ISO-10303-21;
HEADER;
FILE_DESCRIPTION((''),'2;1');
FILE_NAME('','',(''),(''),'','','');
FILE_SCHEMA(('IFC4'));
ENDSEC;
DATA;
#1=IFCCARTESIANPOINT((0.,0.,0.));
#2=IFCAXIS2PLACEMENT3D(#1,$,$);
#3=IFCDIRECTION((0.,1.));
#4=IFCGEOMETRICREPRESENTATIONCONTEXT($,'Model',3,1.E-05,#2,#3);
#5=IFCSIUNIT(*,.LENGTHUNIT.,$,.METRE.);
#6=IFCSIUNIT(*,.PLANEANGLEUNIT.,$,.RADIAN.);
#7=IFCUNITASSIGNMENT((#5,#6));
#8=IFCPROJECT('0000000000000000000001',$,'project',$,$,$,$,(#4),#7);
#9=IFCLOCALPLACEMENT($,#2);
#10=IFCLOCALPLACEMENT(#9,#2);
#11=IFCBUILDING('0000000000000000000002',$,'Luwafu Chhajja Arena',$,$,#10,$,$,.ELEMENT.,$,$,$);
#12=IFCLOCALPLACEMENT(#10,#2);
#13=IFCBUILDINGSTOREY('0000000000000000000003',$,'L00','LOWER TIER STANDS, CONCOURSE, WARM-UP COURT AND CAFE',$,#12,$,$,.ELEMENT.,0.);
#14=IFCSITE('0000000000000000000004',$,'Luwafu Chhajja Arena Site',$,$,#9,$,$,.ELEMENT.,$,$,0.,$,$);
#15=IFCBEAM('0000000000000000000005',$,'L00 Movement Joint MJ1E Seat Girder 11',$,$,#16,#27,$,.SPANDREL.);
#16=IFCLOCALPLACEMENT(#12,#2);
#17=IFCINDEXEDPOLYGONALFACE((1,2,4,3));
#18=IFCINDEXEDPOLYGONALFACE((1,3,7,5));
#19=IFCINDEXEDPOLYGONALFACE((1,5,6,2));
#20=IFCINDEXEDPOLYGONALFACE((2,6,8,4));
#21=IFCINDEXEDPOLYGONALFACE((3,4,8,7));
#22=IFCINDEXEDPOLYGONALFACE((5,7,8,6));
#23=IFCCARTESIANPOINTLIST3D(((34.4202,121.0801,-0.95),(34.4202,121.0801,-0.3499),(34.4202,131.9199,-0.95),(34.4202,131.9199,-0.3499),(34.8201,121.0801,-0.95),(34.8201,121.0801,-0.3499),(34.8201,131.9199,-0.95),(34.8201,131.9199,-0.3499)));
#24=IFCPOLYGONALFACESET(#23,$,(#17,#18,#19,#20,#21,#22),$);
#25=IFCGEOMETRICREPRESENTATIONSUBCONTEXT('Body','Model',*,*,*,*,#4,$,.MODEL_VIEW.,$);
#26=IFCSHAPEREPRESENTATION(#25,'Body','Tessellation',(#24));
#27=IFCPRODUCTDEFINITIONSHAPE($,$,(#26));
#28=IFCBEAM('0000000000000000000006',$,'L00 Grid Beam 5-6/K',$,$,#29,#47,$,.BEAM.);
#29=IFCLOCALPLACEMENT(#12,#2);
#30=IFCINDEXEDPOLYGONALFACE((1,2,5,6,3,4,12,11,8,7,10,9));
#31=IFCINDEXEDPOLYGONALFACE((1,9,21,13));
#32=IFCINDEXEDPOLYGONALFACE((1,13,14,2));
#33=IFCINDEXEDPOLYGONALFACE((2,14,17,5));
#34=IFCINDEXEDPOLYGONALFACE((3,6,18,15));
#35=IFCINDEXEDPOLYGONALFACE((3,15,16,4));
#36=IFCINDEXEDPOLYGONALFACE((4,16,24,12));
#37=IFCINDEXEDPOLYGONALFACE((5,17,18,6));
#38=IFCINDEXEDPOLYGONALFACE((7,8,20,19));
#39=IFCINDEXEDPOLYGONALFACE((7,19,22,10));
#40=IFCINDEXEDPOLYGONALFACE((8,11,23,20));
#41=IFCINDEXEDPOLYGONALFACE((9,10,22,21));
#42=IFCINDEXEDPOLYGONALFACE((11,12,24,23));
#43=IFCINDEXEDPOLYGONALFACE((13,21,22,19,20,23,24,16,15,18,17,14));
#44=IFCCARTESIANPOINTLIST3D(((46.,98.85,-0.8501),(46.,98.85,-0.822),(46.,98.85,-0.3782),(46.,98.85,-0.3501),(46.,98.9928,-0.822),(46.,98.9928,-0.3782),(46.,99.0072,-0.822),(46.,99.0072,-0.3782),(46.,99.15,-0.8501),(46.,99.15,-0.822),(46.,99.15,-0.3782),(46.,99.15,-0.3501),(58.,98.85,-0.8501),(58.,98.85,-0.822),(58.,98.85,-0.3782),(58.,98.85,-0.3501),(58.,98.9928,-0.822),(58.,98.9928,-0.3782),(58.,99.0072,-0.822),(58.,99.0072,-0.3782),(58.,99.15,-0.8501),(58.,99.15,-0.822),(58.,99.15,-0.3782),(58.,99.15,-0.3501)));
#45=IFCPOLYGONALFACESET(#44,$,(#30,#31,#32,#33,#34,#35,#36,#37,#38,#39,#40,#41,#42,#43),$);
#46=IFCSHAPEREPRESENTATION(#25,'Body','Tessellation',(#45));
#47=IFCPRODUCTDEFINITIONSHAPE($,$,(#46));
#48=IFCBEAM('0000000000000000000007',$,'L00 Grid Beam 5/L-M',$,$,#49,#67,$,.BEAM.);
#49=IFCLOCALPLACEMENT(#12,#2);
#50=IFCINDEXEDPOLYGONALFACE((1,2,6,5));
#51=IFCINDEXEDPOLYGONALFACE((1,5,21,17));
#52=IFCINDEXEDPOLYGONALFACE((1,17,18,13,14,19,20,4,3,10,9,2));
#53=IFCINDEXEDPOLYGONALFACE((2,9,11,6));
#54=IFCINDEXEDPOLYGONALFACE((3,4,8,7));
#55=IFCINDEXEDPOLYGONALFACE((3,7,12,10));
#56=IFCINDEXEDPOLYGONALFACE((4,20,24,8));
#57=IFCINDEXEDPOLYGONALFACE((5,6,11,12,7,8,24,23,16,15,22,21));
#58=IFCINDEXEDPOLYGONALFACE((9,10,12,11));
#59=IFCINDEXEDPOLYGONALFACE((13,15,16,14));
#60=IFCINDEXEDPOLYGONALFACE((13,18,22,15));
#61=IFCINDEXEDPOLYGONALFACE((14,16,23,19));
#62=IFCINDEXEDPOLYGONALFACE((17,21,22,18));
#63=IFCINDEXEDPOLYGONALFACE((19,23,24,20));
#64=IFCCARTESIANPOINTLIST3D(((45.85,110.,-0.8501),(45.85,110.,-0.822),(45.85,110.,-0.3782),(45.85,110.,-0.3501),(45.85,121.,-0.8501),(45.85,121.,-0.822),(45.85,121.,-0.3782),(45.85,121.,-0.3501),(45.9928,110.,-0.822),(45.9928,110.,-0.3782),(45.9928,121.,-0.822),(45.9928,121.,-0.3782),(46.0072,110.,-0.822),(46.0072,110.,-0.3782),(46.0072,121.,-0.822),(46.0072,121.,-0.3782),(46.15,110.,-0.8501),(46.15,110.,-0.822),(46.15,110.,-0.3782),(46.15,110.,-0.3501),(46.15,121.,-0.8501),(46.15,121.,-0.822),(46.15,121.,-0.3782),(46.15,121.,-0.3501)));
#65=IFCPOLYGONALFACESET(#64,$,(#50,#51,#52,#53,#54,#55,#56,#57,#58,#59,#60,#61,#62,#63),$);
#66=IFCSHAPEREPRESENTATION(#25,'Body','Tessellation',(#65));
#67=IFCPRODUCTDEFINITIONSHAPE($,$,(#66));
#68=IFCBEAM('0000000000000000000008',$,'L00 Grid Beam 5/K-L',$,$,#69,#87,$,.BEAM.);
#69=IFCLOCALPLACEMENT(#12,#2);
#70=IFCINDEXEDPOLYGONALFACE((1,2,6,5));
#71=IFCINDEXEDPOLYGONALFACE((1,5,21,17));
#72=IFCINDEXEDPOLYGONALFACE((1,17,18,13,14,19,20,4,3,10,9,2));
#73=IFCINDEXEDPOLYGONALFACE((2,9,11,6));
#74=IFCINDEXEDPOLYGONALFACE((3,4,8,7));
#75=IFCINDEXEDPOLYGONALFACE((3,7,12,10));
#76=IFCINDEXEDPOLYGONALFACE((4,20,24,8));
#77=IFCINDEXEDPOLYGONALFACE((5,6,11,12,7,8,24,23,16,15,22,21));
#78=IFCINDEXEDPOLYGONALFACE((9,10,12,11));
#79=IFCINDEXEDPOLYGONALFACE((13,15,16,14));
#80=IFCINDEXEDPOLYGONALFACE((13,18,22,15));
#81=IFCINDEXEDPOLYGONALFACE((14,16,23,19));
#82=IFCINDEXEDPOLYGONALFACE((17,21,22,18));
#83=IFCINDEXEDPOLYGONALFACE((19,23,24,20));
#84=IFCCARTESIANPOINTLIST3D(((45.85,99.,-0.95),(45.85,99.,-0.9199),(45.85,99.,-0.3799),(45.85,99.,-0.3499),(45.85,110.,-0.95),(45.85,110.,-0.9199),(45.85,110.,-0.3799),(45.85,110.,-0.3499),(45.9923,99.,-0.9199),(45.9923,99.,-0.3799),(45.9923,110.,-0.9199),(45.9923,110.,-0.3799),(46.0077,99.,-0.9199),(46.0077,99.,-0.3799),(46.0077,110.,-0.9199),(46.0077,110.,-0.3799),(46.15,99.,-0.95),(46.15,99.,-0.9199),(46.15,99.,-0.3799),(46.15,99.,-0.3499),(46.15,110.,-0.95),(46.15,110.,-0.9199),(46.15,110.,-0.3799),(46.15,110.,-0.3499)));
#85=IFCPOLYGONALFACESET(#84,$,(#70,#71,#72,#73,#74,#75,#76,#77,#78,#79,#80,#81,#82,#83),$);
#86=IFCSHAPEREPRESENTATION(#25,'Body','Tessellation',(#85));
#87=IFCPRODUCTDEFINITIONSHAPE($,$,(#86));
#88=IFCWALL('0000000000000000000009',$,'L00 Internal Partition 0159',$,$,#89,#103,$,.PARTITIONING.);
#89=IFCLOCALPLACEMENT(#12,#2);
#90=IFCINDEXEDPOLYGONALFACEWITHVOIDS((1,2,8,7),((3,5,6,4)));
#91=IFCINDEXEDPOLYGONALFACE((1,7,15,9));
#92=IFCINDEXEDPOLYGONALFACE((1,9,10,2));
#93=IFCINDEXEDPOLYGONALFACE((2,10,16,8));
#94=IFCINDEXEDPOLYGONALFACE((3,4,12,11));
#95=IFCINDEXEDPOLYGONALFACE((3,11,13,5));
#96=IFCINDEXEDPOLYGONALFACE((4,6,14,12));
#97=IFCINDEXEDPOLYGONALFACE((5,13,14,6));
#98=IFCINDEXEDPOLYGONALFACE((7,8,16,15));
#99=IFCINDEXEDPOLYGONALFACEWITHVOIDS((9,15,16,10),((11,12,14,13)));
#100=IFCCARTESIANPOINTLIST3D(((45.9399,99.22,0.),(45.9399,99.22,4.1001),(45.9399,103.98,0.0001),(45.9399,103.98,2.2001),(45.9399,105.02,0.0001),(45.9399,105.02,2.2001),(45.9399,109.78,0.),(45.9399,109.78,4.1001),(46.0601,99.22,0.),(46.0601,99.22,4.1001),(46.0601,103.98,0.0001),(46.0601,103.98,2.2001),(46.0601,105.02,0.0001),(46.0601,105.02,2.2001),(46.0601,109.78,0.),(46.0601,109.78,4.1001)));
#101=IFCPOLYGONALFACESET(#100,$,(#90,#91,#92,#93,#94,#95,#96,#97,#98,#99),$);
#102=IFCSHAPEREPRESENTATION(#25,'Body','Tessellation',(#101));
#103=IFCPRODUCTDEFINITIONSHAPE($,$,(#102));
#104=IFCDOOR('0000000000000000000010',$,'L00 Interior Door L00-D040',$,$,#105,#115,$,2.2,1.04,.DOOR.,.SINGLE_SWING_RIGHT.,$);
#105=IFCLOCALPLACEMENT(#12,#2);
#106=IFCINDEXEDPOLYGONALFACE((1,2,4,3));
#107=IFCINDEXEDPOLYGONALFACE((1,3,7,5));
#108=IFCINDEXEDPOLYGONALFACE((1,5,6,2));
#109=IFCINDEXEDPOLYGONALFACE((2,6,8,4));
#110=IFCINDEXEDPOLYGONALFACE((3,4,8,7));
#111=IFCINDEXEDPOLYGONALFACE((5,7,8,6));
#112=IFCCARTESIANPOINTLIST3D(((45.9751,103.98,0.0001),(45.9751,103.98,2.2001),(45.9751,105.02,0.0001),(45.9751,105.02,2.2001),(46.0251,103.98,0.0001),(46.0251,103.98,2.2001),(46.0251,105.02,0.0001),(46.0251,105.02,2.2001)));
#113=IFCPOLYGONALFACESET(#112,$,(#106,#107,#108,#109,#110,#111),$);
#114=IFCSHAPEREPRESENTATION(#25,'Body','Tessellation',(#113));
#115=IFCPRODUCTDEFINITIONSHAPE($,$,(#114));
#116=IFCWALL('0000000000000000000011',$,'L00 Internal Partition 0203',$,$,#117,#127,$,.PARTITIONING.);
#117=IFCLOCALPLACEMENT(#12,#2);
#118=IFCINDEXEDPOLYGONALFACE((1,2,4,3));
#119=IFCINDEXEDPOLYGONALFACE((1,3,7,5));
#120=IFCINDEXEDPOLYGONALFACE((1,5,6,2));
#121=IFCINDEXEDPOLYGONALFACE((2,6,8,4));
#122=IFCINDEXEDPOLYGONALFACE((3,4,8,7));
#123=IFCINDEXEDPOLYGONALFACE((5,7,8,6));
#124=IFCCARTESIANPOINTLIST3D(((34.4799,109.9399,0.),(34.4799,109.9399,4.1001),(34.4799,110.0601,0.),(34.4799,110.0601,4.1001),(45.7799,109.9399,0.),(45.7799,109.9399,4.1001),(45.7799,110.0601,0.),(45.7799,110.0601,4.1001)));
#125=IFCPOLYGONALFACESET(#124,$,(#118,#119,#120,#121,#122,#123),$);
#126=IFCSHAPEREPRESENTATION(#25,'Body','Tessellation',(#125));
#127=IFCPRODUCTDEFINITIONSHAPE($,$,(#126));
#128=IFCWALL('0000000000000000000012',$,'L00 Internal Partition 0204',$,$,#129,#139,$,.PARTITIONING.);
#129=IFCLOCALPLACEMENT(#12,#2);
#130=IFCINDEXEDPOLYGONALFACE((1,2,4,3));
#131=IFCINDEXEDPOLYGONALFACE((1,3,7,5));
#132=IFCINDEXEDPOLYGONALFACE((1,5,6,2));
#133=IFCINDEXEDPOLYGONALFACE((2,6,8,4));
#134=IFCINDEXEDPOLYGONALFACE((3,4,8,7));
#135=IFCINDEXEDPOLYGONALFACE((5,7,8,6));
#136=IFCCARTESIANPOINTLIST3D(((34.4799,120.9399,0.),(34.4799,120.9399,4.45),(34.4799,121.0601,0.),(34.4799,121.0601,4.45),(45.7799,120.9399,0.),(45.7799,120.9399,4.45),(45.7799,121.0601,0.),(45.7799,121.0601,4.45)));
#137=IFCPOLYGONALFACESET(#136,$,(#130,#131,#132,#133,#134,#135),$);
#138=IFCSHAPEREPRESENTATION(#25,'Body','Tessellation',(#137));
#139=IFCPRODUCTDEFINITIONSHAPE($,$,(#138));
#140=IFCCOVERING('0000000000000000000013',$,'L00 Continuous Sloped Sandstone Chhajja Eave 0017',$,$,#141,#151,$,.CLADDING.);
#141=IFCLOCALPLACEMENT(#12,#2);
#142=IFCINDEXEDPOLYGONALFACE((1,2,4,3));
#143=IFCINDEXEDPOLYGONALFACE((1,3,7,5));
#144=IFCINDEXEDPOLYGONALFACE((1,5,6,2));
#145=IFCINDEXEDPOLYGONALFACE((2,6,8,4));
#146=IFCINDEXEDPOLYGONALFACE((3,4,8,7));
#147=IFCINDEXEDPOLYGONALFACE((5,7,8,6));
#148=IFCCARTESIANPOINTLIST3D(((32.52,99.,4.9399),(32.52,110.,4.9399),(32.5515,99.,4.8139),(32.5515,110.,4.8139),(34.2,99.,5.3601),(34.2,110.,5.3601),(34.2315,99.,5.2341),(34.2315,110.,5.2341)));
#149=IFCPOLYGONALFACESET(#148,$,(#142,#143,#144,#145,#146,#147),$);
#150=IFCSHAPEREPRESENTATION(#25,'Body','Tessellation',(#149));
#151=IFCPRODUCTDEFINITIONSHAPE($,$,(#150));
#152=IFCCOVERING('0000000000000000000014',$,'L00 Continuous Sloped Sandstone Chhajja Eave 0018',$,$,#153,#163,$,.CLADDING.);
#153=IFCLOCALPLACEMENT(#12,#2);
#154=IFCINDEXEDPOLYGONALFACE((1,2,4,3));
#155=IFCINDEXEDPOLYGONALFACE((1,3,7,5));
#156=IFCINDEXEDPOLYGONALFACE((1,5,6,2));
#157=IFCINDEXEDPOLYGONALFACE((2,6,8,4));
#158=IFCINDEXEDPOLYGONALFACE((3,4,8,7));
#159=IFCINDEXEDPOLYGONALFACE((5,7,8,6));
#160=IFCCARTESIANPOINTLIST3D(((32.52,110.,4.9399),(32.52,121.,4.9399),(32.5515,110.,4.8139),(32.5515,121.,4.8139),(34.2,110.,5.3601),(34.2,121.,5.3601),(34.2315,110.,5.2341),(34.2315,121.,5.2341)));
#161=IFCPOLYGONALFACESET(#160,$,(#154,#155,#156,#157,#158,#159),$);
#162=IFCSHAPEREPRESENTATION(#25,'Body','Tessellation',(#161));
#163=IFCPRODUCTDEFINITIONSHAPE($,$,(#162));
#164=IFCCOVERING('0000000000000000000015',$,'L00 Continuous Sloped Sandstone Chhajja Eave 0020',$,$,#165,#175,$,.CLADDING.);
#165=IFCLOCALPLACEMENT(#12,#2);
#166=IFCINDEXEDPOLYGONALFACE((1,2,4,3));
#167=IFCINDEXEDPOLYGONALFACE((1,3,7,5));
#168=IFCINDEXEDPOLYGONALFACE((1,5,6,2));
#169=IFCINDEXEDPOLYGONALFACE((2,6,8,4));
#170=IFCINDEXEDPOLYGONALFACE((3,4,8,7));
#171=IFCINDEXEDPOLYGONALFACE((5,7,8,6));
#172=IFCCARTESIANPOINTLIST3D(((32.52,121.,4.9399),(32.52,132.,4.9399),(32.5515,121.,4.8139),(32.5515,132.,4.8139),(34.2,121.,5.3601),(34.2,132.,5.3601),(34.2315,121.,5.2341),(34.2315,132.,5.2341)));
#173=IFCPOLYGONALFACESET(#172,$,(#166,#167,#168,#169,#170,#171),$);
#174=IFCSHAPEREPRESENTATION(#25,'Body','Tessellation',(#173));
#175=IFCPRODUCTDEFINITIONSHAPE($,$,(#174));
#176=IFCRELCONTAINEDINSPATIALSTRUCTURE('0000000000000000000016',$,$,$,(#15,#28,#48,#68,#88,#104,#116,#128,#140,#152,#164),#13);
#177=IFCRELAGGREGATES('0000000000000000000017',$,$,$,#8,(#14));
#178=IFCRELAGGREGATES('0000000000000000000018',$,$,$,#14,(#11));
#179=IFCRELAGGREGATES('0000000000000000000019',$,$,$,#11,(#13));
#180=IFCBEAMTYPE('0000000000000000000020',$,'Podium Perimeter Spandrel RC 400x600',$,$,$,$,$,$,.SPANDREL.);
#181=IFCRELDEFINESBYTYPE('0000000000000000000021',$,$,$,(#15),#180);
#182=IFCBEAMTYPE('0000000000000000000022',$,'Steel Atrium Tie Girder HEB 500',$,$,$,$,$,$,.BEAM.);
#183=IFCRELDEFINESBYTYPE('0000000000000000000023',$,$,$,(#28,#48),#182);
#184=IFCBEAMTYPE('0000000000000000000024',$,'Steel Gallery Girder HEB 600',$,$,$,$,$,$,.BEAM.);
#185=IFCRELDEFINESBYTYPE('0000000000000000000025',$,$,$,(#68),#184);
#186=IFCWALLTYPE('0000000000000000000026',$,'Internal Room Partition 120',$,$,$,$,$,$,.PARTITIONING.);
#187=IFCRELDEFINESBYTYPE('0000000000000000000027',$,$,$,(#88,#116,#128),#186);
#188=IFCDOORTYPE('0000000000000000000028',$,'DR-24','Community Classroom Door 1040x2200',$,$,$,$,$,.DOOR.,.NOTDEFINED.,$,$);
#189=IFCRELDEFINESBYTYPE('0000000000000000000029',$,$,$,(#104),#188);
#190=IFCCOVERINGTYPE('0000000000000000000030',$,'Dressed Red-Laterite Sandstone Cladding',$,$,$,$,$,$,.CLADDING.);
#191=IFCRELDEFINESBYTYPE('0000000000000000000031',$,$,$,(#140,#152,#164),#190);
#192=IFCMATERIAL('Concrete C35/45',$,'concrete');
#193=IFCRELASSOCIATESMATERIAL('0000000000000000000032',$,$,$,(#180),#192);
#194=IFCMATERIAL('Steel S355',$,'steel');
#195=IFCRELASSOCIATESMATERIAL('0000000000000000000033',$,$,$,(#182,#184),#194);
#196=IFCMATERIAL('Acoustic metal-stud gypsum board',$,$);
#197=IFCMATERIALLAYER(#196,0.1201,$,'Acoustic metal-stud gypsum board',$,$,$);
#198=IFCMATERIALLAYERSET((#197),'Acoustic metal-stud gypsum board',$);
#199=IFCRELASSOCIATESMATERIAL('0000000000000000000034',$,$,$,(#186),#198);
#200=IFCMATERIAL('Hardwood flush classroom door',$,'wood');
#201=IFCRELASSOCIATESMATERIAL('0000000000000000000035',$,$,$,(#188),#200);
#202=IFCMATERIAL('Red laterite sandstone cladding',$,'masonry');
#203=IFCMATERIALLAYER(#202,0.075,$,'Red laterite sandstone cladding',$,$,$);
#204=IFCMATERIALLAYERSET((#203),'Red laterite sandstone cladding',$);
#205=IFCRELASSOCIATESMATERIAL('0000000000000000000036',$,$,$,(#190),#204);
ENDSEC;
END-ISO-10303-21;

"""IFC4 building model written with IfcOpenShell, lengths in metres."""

from ifc_helpers import new_model, si_unit, direction, frame, frame_2d, origin, origin_2d, place, context, subcontext, project, spatial, polyline, rectangle, i_section, outline, extrude, material, layer, layer_set, material_profile, profile_set, type_object, element, fill, save


model = new_model("IFC4")

# Units and contexts
model_context = context("Model", 3, precision=1e-05, world=origin(), true_north=direction((0.0, 1.0)))
body_context = subcontext(model_context, "Body", "Model", "MODEL_VIEW")
ifc_project = project(units=[si_unit("LENGTHUNIT", "METRE"), si_unit("PLANEANGLEUNIT", "RADIAN")], contexts=[model_context])

# Site, building, storey
site_placement = place(None, origin())
site = spatial("IfcSite", under=ifc_project, at=site_placement, Name="Luwafu Chhajja Arena Site", CompositionType="ELEMENT", RefElevation=0.0)
building_placement = place(site_placement, origin())
building = spatial("IfcBuilding", under=site, at=building_placement, Name="Luwafu Chhajja Arena", CompositionType="ELEMENT")
storey_placement = place(building_placement, origin())
storey = spatial("IfcBuildingStorey", under=building, at=storey_placement, Name="L00", Description="LOWER TIER STANDS, CONCOURSE, WARM-UP COURT AND CAFE", CompositionType="ELEMENT", Elevation=0.0)

# Shared definitions
ifc_material_1 = material(Name="Concrete C35/45", Category="concrete")

# Beams
ifc_material_2 = material(Name="Steel S355", Category="steel")
ifc_material_profile_1 = material_profile(ifc_material_1, rectangle(XDim=0.3999, YDim=0.6001, at=origin_2d()), Name="RC 400x600")
ifc_profile_set_1 = profile_set([ifc_material_profile_1], Name="Concrete C35/45")
beam_type_1 = type_object("IfcBeamType", Name="Podium Perimeter Spandrel RC 400x600", PredefinedType="SPANDREL", material=ifc_profile_set_1)
for number, where, z_axis, x_axis, name in (
    (1, (34.6201, 121.0801, -0.6499), (0.0, 1.0, 0.0), (-1.0, 0.0, 0.0), "L00 Movement Joint MJ1E Seat Girder 11"),
):
    element("IfcBeam", number, at=place(storey_placement, frame(where, z_axis=z_axis, x_axis=x_axis)), inside=storey, type_object=beam_type_1, Name=name, PredefinedType="SPANDREL", context=body_context, shape_type="SweptSolid", body=[
        extrude(rectangle(XDim=0.3999, YDim=0.6001, at=origin_2d()), origin(), (0.0, 0.0, 1.0), 10.8398),
    ])
ifc_material_profile_2 = material_profile(ifc_material_2, i_section(OverallWidth=0.3, OverallDepth=0.5, WebThickness=0.0144, FlangeThickness=0.0281, at=origin_2d()), Name="HEB 500")
ifc_profile_set_2 = profile_set([ifc_material_profile_2], Name="Steel S355")
beam_type_2 = type_object("IfcBeamType", Name="Steel Atrium Tie Girder HEB 500", PredefinedType="BEAM", material=ifc_profile_set_2)
beam_1_placement = place(storey_placement, frame((46.0, 99.0, -0.6001), z_axis=(1.0, 0.0, 0.0), x_axis=(0.0, 1.0, 0.0)))
element("IfcBeam", 2, at=beam_1_placement, inside=storey, type_object=beam_type_2, Name="L00 Grid Beam 5-6/K", PredefinedType="BEAM", context=body_context, shape_type="SweptSolid", body=[
    extrude(i_section(OverallWidth=0.3, OverallDepth=0.5, WebThickness=0.0144, FlangeThickness=0.0281, at=origin_2d()), origin(), (0.0, 0.0, 1.0), 12.0),
])
beam_2_placement = place(storey_placement, frame((46.0, 110.0, -0.6001), z_axis=(0.0, 1.0, 0.0), x_axis=(-1.0, 0.0, 0.0)))
element("IfcBeam", 3, at=beam_2_placement, inside=storey, type_object=beam_type_2, Name="L00 Grid Beam 5/L-M", PredefinedType="BEAM", context=body_context, shape_type="SweptSolid", body=[
    extrude(i_section(OverallWidth=0.3, OverallDepth=0.5, WebThickness=0.0144, FlangeThickness=0.0281, at=origin_2d()), origin(), (0.0, 0.0, 1.0), 11.0),
])
ifc_material_profile_3 = material_profile(ifc_material_2, i_section(OverallWidth=0.3, OverallDepth=0.6001, WebThickness=0.0154, FlangeThickness=0.03, at=origin_2d()), Name="HEB 600")
ifc_profile_set_3 = profile_set([ifc_material_profile_3], Name="Steel S355")
beam_type_3 = type_object("IfcBeamType", Name="Steel Gallery Girder HEB 600", PredefinedType="BEAM", material=ifc_profile_set_3)
beam_3_placement = place(storey_placement, frame((46.0, 99.0, -0.6499), z_axis=(0.0, 1.0, 0.0), x_axis=(-1.0, 0.0, 0.0)))
element("IfcBeam", 4, at=beam_3_placement, inside=storey, type_object=beam_type_3, Name="L00 Grid Beam 5/K-L", PredefinedType="BEAM", context=body_context, shape_type="SweptSolid", body=[
    extrude(i_section(OverallWidth=0.3, OverallDepth=0.6001, WebThickness=0.0154, FlangeThickness=0.03, at=origin_2d()), origin(), (0.0, 0.0, 1.0), 11.0),
])

# Wall, opening, door
ifc_material_3 = material(Name="Acoustic metal-stud gypsum board")
ifc_layer_1 = layer(ifc_material_3, 0.1201, Name="Acoustic metal-stud gypsum board")
ifc_layer_set_1 = layer_set([ifc_layer_1], Name="Acoustic metal-stud gypsum board")
wall_type_1 = type_object("IfcWallType", Name="Internal Room Partition 120", PredefinedType="PARTITIONING", material=ifc_layer_set_1)
wall_1_placement = place(storey_placement, frame((46.0, 99.22, 0.0), z_axis=(0.0, 0.0, 1.0), x_axis=(0.0, 1.0, 0.0)))
wall_1 = element("IfcWall", 5, at=wall_1_placement, inside=storey, type_object=wall_type_1, Name="L00 Internal Partition 0159", PredefinedType="PARTITIONING", context=body_context, shape_type="SweptSolid", body=[
    extrude(rectangle(XDim=10.5601, YDim=0.1201, at=frame_2d((5.28, 0.0))), origin(), (0.0, 0.0, 1.0), 4.1001),
])
opening_1_placement = place(wall_1_placement, frame((4.76, 0.0, 0.0)))
opening_1 = element("IfcOpeningElement", 6, at=opening_1_placement, cuts=wall_1, PredefinedType="OPENING", context=body_context, shape_type="SweptSolid", body=[
    extrude(rectangle(XDim=1.04, YDim=2.2, at=frame_2d((0.52, 1.1001))), frame((0.0, 0.0701, 0.0), z_axis=(0.0, -1.0, 0.0), x_axis=(1.0, 0.0, 0.0)), (0.0, 0.0, 1.0), 0.1401),
])
ifc_material_4 = material(Name="Hardwood flush classroom door", Category="wood")
door_type_1 = type_object("IfcDoorType", Name="DR-24", Description="Community Classroom Door 1040x2200", OperationType="NOTDEFINED", PredefinedType="DOOR", material=ifc_material_4)
door_1_placement = place(opening_1_placement, origin())
door_1 = element("IfcDoor", 7, at=door_1_placement, inside=storey, type_object=door_type_1, Name="L00 Interior Door L00-D040", OperationType="SINGLE_SWING_RIGHT", OverallHeight=2.2, OverallWidth=1.04, PredefinedType="DOOR", context=body_context, shape_type="SweptSolid", body=[
    extrude(rectangle(XDim=1.04, YDim=2.2, at=frame_2d((0.52, 1.1001))), frame((0.0, 0.0249, 0.0), z_axis=(0.0, -1.0, 0.0), x_axis=(1.0, 0.0, 0.0)), (0.0, 0.0, 1.0), 0.05),
])
fill(opening_1, door_1)

# Walls
wall_2_placement = place(storey_placement, frame((34.48, 110.0, 0.0), z_axis=(0.0, 0.0, 1.0), x_axis=(1.0, 0.0, 0.0)))
element("IfcWall", 8, at=wall_2_placement, inside=storey, type_object=wall_type_1, Name="L00 Internal Partition 0203", PredefinedType="PARTITIONING", context=body_context, shape_type="SweptSolid", body=[
    extrude(rectangle(XDim=11.3, YDim=0.1201, at=frame_2d((5.6499, 0.0))), origin(), (0.0, 0.0, 1.0), 4.1001),
])
wall_3_placement = place(storey_placement, frame((34.48, 121.0, 0.0), z_axis=(0.0, 0.0, 1.0), x_axis=(1.0, 0.0, 0.0)))
element("IfcWall", 9, at=wall_3_placement, inside=storey, type_object=wall_type_1, Name="L00 Internal Partition 0204", PredefinedType="PARTITIONING", context=body_context, shape_type="SweptSolid", body=[
    extrude(rectangle(XDim=11.3, YDim=0.1201, at=frame_2d((5.6499, 0.0))), origin(), (0.0, 0.0, 1.0), 4.45),
])

# Coverings
ifc_material_5 = material(Name="Red laterite sandstone cladding", Category="masonry")
ifc_layer_2 = layer(ifc_material_5, 0.075, Name="Red laterite sandstone cladding")
ifc_layer_set_2 = layer_set([ifc_layer_2], Name="Red laterite sandstone cladding")
covering_type = type_object("IfcCoveringType", Name="Dressed Red-Laterite Sandstone Cladding", PredefinedType="CLADDING", material=ifc_layer_set_2)
for number, where, z_axis, x_axis, name in (
    (10, (34.2, 99.0, 5.3601), (-0.242635, 0.0, 0.970118), (0.0, 1.0, 0.0), "L00 Continuous Sloped Sandstone Chhajja Eave 0017"),
    (11, (34.2, 110.0, 5.3601), (-0.242635, 0.0, 0.970118), (0.0, 1.0, 0.0), "L00 Continuous Sloped Sandstone Chhajja Eave 0018"),
    (12, (34.2, 121.0, 5.3601), (-0.242635, 0.0, 0.970118), (0.0, 1.0, 0.0), "L00 Continuous Sloped Sandstone Chhajja Eave 0020"),
):
    element("IfcCovering", number, at=place(storey_placement, frame(where, z_axis=z_axis, x_axis=x_axis)), inside=storey, type_object=covering_type, Name=name, PredefinedType="CLADDING", context=body_context, shape_type="SweptSolid", body=[
        extrude(outline(polyline([(0.0, 0.0), (11.0, 0.0), (11.0, 1.7317), (0.0, 1.7317), (0.0, 0.0)])), origin(), (0.0, 0.0, -1.0), 0.1299),
    ])

save(model, "model.ifc")
